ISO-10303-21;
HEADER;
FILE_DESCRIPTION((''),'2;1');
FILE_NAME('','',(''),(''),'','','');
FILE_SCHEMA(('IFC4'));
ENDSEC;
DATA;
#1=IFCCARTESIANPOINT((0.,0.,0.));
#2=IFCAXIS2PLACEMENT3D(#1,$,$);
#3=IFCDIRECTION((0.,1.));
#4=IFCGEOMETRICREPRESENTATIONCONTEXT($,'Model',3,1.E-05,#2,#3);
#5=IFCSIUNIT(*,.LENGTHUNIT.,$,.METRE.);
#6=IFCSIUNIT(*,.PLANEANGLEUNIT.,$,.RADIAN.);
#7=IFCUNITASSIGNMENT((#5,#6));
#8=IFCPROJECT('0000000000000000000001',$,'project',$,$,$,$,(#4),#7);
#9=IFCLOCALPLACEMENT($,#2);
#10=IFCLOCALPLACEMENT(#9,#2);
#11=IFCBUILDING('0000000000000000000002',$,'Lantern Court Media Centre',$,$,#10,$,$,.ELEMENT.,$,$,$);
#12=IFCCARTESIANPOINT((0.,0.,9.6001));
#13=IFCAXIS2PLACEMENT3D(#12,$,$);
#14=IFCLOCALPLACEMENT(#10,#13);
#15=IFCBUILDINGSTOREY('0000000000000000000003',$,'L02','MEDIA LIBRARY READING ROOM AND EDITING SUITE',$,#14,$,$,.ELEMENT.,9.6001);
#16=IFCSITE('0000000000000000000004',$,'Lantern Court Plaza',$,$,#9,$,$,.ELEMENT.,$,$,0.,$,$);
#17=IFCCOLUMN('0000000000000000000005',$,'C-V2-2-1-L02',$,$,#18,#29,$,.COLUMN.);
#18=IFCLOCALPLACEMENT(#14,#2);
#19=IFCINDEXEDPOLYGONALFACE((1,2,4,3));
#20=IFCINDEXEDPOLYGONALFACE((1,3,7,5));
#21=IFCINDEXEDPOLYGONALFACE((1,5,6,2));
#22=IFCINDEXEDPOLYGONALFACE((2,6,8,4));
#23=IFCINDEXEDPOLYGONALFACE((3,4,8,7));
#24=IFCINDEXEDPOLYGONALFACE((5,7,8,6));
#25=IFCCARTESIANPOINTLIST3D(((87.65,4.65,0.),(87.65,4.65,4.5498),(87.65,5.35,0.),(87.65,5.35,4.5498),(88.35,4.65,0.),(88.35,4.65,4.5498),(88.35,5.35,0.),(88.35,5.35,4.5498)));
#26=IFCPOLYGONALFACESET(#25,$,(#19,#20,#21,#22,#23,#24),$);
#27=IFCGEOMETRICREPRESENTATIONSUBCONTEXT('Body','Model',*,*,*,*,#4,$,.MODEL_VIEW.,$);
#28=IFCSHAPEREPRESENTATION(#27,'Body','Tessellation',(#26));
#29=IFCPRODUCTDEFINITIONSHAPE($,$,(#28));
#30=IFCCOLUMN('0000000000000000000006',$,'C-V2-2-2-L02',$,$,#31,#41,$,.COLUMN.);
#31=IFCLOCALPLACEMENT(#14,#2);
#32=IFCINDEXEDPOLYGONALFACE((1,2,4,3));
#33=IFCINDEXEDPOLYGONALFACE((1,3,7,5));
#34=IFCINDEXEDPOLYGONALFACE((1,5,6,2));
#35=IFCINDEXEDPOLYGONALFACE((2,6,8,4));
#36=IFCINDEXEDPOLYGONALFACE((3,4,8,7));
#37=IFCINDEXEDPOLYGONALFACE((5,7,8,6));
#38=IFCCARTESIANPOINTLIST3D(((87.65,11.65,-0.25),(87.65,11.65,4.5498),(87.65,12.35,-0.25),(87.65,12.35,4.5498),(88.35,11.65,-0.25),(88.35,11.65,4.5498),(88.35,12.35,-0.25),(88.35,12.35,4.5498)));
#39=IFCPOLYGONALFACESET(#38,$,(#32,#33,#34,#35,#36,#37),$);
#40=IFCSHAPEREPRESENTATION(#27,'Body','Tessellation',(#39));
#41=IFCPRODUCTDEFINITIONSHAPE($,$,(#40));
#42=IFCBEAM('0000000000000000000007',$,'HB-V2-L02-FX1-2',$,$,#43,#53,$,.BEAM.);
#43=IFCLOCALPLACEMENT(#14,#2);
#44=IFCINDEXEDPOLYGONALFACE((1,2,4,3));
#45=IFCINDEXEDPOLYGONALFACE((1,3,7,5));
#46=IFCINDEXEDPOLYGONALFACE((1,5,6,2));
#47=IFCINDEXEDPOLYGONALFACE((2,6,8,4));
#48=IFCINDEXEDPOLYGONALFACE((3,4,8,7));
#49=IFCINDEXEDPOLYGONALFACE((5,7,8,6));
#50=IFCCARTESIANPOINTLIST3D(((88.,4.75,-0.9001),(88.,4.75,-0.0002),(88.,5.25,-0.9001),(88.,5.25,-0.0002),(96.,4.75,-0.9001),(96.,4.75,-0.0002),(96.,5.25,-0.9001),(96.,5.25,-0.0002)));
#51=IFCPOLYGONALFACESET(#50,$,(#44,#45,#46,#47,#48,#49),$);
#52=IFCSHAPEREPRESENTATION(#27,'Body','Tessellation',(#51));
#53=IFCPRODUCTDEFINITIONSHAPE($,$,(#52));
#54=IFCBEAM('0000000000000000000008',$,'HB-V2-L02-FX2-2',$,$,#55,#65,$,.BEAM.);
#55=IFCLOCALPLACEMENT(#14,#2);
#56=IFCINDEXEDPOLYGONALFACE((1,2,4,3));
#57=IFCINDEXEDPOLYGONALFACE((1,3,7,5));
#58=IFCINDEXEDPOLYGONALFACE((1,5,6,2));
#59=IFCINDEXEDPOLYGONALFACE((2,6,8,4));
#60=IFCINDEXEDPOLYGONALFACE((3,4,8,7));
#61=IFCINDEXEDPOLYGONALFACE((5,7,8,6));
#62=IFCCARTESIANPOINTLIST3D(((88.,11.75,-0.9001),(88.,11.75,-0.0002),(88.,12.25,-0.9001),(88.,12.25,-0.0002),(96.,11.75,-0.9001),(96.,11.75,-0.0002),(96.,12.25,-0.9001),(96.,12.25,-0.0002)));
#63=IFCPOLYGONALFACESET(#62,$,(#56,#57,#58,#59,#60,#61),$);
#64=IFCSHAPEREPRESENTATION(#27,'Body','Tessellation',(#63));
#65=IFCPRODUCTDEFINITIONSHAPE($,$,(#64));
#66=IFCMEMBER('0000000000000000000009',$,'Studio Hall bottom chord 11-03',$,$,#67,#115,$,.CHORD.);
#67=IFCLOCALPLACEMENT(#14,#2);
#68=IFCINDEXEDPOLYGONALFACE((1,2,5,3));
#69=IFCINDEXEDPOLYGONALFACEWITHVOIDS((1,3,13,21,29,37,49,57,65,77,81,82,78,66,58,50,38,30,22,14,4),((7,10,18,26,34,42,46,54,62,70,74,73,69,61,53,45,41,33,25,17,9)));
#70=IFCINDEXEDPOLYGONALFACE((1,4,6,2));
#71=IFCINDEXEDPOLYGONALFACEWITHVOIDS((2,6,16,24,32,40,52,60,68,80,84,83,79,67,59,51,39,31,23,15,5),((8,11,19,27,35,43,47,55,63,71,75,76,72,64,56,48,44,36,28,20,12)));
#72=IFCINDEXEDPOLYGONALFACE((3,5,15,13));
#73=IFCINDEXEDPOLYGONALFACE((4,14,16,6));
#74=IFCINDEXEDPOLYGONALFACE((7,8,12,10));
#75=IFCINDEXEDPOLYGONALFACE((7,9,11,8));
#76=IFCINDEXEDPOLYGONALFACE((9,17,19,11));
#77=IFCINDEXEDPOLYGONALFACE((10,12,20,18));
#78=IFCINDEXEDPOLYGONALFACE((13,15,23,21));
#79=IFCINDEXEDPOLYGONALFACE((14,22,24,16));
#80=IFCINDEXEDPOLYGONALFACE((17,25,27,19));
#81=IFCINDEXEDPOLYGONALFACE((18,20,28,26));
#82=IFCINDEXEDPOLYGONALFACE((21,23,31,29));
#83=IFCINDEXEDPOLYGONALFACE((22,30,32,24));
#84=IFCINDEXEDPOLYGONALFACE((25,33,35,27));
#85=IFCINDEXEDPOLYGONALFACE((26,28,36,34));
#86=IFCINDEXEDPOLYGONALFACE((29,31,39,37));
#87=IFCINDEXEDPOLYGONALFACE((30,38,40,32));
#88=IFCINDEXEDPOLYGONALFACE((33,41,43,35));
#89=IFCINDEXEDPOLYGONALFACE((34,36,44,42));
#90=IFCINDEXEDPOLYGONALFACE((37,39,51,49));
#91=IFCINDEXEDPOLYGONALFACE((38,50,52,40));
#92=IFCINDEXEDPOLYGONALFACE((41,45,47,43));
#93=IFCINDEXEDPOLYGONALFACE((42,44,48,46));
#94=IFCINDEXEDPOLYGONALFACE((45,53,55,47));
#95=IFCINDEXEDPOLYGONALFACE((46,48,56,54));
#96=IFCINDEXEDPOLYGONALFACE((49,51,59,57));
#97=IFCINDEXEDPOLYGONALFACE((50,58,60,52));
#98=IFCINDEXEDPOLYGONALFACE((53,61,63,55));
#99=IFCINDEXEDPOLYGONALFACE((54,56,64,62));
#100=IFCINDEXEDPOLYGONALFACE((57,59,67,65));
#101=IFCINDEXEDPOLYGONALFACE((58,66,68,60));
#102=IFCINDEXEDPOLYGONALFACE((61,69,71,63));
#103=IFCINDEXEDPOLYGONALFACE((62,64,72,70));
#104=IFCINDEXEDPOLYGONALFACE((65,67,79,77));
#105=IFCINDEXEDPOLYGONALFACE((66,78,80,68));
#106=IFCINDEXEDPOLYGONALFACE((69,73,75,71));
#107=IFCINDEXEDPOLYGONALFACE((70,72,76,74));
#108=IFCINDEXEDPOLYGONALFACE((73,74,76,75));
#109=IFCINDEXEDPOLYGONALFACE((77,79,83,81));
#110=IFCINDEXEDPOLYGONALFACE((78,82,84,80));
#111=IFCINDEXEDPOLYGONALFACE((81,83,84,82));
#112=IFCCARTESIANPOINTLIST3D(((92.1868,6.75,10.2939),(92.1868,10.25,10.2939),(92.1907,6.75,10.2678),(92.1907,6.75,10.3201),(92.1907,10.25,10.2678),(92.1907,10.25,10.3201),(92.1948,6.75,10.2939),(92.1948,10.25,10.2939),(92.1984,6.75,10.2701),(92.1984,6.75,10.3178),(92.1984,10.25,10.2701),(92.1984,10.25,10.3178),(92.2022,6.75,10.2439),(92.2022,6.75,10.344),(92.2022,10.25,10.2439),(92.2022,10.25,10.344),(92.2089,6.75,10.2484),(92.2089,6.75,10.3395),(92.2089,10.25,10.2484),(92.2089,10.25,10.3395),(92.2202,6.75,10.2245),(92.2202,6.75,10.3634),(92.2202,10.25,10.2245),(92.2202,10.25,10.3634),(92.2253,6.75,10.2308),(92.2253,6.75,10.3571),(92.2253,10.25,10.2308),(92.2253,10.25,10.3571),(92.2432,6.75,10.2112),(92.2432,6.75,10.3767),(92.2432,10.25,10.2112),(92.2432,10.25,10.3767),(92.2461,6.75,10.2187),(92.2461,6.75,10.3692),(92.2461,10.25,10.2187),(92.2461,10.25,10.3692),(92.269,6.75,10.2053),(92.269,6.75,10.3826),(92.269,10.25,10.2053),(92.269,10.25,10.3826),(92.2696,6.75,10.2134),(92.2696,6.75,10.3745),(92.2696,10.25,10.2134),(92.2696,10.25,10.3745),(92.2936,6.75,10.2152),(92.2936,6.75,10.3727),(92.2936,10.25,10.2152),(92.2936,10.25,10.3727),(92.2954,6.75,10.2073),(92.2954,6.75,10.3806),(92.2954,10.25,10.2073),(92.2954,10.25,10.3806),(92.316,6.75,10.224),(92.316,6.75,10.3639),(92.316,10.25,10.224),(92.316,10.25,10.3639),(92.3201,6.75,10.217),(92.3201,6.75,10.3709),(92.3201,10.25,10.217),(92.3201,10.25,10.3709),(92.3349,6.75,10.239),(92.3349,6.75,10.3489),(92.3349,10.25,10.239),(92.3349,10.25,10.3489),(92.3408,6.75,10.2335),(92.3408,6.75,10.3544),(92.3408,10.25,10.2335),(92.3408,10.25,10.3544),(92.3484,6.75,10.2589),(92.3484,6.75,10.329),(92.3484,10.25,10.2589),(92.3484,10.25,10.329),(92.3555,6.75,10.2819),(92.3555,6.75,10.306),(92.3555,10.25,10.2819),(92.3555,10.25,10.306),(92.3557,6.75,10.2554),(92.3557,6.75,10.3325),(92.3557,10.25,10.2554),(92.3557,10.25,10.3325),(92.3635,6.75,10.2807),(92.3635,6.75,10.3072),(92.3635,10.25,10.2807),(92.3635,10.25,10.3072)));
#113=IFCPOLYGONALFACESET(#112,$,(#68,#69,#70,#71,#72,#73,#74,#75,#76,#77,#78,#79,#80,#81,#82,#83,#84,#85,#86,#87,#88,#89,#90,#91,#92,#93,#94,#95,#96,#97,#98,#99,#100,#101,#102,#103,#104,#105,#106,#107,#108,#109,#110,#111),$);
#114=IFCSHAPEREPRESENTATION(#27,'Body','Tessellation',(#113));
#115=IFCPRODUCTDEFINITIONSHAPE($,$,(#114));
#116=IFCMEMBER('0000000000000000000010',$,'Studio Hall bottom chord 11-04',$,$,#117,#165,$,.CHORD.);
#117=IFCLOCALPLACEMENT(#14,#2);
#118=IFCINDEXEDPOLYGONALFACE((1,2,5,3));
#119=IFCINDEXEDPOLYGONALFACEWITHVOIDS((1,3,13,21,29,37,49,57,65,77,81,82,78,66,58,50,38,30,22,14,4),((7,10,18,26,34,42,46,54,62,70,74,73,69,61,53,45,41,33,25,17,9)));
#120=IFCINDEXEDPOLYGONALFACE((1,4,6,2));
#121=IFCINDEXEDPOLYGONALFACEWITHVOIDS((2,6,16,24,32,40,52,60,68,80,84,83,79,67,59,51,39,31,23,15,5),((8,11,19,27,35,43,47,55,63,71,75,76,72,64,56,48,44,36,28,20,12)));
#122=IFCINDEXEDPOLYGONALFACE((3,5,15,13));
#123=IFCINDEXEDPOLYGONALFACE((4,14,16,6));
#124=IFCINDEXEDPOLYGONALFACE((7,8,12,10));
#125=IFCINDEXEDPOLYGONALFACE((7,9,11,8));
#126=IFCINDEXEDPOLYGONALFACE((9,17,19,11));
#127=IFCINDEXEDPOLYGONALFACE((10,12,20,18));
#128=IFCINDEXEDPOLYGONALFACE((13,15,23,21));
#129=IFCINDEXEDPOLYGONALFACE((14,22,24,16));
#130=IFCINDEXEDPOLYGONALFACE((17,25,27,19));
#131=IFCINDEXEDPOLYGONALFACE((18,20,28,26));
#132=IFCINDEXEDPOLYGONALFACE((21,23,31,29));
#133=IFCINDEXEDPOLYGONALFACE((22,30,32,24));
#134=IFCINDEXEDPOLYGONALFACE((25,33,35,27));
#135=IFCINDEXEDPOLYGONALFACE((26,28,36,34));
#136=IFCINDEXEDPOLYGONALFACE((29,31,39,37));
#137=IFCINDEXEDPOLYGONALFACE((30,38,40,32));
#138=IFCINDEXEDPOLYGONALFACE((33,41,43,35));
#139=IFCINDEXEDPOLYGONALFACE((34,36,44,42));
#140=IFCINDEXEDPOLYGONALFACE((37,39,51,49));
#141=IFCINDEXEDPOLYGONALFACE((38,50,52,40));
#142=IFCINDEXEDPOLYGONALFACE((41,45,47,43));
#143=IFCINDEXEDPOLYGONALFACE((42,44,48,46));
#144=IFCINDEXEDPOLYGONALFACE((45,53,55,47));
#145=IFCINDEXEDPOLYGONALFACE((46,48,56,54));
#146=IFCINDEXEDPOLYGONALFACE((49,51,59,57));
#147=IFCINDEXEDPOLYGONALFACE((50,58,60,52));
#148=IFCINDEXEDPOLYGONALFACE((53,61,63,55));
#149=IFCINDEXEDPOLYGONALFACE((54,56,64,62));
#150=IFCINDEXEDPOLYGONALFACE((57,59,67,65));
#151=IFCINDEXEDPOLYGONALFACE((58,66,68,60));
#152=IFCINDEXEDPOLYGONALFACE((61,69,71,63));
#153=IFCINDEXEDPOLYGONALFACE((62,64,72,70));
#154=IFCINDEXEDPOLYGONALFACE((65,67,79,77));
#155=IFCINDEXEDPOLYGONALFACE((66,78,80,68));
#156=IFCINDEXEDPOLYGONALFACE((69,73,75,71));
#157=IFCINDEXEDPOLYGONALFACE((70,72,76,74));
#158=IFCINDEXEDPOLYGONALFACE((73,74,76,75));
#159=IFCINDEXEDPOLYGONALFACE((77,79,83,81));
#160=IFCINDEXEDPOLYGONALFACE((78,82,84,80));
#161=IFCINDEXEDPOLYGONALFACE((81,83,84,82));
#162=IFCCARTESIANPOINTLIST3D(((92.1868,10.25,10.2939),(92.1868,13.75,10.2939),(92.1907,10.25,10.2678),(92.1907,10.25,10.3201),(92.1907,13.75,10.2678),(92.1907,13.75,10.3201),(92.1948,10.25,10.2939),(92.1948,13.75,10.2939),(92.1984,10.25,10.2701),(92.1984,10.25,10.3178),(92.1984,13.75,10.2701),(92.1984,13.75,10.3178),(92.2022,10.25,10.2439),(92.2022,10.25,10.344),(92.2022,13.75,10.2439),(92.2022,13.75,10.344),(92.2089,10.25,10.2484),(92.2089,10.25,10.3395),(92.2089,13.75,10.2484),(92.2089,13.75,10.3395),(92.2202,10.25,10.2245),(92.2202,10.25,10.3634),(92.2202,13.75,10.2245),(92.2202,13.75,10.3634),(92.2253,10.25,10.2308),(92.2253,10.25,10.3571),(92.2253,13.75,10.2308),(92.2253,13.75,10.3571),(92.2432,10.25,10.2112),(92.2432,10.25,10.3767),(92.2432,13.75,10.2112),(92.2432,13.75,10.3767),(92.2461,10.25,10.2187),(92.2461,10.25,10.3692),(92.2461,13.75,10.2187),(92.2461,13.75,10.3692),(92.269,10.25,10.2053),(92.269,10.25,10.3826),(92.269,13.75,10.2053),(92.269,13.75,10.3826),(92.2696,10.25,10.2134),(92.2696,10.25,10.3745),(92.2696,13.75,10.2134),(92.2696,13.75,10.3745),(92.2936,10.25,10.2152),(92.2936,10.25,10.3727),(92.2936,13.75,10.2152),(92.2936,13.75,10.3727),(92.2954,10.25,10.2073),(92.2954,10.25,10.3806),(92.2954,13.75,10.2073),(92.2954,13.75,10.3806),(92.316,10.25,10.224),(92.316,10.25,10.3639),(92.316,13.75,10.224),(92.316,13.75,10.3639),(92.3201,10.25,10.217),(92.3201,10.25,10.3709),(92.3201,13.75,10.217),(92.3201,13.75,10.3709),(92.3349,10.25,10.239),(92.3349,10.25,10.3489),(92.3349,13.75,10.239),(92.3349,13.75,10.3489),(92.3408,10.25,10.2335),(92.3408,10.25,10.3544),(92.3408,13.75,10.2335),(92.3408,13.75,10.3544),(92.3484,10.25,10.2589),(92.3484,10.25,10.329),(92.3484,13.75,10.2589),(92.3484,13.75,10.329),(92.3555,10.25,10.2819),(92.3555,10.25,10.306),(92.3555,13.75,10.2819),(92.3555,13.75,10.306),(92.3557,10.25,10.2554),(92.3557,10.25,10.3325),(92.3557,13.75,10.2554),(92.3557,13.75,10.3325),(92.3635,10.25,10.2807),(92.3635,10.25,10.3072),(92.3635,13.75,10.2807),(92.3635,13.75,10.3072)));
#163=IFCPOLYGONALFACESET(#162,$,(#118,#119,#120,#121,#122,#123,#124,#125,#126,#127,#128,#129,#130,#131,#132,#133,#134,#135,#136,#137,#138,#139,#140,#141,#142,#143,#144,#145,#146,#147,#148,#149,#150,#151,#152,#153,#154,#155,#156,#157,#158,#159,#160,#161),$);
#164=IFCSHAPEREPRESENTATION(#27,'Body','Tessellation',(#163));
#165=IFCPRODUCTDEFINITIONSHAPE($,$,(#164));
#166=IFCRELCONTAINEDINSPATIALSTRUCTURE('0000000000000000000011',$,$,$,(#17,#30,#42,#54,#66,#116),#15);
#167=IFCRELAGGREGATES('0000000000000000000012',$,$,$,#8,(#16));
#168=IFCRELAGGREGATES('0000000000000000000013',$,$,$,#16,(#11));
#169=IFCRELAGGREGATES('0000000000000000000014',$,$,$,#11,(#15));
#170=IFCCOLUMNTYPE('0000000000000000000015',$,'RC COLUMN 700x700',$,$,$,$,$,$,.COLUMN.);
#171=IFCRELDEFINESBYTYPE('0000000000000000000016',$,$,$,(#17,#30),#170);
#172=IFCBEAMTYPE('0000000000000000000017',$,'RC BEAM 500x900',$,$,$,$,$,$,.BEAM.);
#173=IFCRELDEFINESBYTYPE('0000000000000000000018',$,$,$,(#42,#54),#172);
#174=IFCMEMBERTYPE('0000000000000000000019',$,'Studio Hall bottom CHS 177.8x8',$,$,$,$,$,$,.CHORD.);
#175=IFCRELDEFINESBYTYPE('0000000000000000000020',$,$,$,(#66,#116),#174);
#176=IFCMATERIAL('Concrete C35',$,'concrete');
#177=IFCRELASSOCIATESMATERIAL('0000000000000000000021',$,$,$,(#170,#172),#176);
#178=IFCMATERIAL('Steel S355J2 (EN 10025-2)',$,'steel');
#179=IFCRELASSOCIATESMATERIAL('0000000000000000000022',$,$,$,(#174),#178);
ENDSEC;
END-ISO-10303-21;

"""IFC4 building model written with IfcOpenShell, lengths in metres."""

from ifc_helpers import new_model, si_unit, direction, frame, origin, origin_2d, place, context, subcontext, project, spatial, rectangle, hollow_circle, extrude, material, material_profile, profile_set, type_object, element, save


model = new_model("IFC4")

# Units and contexts
model_context = context("Model", 3, precision=1e-05, world=origin(), true_north=direction((0.0, 1.0)))
body_context = subcontext(model_context, "Body", "Model", "MODEL_VIEW")
ifc_project = project(units=[si_unit("LENGTHUNIT", "METRE"), si_unit("PLANEANGLEUNIT", "RADIAN")], contexts=[model_context])

# Site, building, storey
site_placement = place(None, origin())
site = spatial("IfcSite", under=ifc_project, at=site_placement, Name="Lantern Court Plaza", CompositionType="ELEMENT", RefElevation=0.0)
building_placement = place(site_placement, origin())
building = spatial("IfcBuilding", under=site, at=building_placement, Name="Lantern Court Media Centre", CompositionType="ELEMENT")
storey_placement = place(building_placement, frame((0.0, 0.0, 9.6001)))
storey = spatial("IfcBuildingStorey", under=building, at=storey_placement, Name="L02", Description="MEDIA LIBRARY READING ROOM AND EDITING SUITE", CompositionType="ELEMENT", Elevation=9.6001)

# Columns
ifc_material_1 = material(Name="Concrete C35", Category="concrete")
ifc_material_profile_1 = material_profile(ifc_material_1, rectangle(XDim=0.7, YDim=0.7, at=origin_2d()), Name="RC 700x700")
ifc_profile_set_1 = profile_set([ifc_material_profile_1], Name="Concrete C35")
column_type = type_object("IfcColumnType", Name="RC COLUMN 700x700", PredefinedType="COLUMN", material=ifc_profile_set_1)
column_1_placement = place(storey_placement, frame((88.0, 5.0, 0.0), z_axis=(0.0, 0.0, 1.0), x_axis=(1.0, 0.0, 0.0)))
element("IfcColumn", 1, at=column_1_placement, inside=storey, type_object=column_type, Name="C-V2-2-1-L02", PredefinedType="COLUMN", context=body_context, shape_type="SweptSolid", body=[
    extrude(rectangle(XDim=0.7, YDim=0.7, at=origin_2d()), origin(), (0.0, 0.0, 1.0), 4.5498),
])
column_2_placement = place(storey_placement, frame((88.0, 12.0, -0.25), z_axis=(0.0, 0.0, 1.0), x_axis=(1.0, 0.0, 0.0)))
element("IfcColumn", 2, at=column_2_placement, inside=storey, type_object=column_type, Name="C-V2-2-2-L02", PredefinedType="COLUMN", context=body_context, shape_type="SweptSolid", body=[
    extrude(rectangle(XDim=0.7, YDim=0.7, at=origin_2d()), origin(), (0.0, 0.0, 1.0), 4.7998),
])

# Beams
ifc_material_profile_2 = material_profile(ifc_material_1, rectangle(XDim=0.5, YDim=0.8999, at=origin_2d()), Name="RC 500x900")
ifc_profile_set_2 = profile_set([ifc_material_profile_2], Name="Concrete C35")
beam_type = type_object("IfcBeamType", Name="RC BEAM 500x900", PredefinedType="BEAM", material=ifc_profile_set_2)
for number, where, z_axis, x_axis, name in (
    (3, (88.0, 5.0, -0.4502), (1.0, 0.0, 0.0), (0.0, 1.0, 0.0), "HB-V2-L02-FX1-2"),
    (4, (88.0, 12.0, -0.4502), (1.0, 0.0, 0.0), (0.0, 1.0, 0.0), "HB-V2-L02-FX2-2"),
):
    element("IfcBeam", number, at=place(storey_placement, frame(where, z_axis=z_axis, x_axis=x_axis)), inside=storey, type_object=beam_type, Name=name, PredefinedType="BEAM", context=body_context, shape_type="SweptSolid", body=[
        extrude(rectangle(XDim=0.5, YDim=0.8999, at=origin_2d()), origin(), (0.0, 0.0, 1.0), 8.0),
    ])

# Members
ifc_material_2 = material(Name="Steel S355J2 (EN 10025-2)", Category="steel")
ifc_material_profile_3 = material_profile(ifc_material_2, hollow_circle(Radius=0.0889, WallThickness=0.0081, at=origin_2d()), Name="Studio Hall bottom CHS 177.8x8")
ifc_profile_set_3 = profile_set([ifc_material_profile_3], Name="Steel S355J2 (EN 10025-2)")
member_type_1 = type_object("IfcMemberType", Name="Studio Hall bottom CHS 177.8x8", PredefinedType="CHORD", material=ifc_profile_set_3)
for number, where, z_axis, x_axis, name in (
    (5, (92.2756, 6.75, 10.2939), (0.0, 1.0, 0.0), (-1.0, 0.0, 0.0), "Studio Hall bottom chord 11-03"),
    (6, (92.2756, 10.25, 10.2939), (0.0, 1.0, 0.0), (-1.0, 0.0, 0.0), "Studio Hall bottom chord 11-04"),
):
    element("IfcMember", number, at=place(storey_placement, frame(where, z_axis=z_axis, x_axis=x_axis)), inside=storey, type_object=member_type_1, Name=name, PredefinedType="CHORD", context=body_context, shape_type="SweptSolid", body=[
        extrude(hollow_circle(Radius=0.0889, WallThickness=0.0081, at=origin_2d()), origin(), (0.0, 0.0, 1.0), 3.5),
    ])

save(model, "model.ifc")
